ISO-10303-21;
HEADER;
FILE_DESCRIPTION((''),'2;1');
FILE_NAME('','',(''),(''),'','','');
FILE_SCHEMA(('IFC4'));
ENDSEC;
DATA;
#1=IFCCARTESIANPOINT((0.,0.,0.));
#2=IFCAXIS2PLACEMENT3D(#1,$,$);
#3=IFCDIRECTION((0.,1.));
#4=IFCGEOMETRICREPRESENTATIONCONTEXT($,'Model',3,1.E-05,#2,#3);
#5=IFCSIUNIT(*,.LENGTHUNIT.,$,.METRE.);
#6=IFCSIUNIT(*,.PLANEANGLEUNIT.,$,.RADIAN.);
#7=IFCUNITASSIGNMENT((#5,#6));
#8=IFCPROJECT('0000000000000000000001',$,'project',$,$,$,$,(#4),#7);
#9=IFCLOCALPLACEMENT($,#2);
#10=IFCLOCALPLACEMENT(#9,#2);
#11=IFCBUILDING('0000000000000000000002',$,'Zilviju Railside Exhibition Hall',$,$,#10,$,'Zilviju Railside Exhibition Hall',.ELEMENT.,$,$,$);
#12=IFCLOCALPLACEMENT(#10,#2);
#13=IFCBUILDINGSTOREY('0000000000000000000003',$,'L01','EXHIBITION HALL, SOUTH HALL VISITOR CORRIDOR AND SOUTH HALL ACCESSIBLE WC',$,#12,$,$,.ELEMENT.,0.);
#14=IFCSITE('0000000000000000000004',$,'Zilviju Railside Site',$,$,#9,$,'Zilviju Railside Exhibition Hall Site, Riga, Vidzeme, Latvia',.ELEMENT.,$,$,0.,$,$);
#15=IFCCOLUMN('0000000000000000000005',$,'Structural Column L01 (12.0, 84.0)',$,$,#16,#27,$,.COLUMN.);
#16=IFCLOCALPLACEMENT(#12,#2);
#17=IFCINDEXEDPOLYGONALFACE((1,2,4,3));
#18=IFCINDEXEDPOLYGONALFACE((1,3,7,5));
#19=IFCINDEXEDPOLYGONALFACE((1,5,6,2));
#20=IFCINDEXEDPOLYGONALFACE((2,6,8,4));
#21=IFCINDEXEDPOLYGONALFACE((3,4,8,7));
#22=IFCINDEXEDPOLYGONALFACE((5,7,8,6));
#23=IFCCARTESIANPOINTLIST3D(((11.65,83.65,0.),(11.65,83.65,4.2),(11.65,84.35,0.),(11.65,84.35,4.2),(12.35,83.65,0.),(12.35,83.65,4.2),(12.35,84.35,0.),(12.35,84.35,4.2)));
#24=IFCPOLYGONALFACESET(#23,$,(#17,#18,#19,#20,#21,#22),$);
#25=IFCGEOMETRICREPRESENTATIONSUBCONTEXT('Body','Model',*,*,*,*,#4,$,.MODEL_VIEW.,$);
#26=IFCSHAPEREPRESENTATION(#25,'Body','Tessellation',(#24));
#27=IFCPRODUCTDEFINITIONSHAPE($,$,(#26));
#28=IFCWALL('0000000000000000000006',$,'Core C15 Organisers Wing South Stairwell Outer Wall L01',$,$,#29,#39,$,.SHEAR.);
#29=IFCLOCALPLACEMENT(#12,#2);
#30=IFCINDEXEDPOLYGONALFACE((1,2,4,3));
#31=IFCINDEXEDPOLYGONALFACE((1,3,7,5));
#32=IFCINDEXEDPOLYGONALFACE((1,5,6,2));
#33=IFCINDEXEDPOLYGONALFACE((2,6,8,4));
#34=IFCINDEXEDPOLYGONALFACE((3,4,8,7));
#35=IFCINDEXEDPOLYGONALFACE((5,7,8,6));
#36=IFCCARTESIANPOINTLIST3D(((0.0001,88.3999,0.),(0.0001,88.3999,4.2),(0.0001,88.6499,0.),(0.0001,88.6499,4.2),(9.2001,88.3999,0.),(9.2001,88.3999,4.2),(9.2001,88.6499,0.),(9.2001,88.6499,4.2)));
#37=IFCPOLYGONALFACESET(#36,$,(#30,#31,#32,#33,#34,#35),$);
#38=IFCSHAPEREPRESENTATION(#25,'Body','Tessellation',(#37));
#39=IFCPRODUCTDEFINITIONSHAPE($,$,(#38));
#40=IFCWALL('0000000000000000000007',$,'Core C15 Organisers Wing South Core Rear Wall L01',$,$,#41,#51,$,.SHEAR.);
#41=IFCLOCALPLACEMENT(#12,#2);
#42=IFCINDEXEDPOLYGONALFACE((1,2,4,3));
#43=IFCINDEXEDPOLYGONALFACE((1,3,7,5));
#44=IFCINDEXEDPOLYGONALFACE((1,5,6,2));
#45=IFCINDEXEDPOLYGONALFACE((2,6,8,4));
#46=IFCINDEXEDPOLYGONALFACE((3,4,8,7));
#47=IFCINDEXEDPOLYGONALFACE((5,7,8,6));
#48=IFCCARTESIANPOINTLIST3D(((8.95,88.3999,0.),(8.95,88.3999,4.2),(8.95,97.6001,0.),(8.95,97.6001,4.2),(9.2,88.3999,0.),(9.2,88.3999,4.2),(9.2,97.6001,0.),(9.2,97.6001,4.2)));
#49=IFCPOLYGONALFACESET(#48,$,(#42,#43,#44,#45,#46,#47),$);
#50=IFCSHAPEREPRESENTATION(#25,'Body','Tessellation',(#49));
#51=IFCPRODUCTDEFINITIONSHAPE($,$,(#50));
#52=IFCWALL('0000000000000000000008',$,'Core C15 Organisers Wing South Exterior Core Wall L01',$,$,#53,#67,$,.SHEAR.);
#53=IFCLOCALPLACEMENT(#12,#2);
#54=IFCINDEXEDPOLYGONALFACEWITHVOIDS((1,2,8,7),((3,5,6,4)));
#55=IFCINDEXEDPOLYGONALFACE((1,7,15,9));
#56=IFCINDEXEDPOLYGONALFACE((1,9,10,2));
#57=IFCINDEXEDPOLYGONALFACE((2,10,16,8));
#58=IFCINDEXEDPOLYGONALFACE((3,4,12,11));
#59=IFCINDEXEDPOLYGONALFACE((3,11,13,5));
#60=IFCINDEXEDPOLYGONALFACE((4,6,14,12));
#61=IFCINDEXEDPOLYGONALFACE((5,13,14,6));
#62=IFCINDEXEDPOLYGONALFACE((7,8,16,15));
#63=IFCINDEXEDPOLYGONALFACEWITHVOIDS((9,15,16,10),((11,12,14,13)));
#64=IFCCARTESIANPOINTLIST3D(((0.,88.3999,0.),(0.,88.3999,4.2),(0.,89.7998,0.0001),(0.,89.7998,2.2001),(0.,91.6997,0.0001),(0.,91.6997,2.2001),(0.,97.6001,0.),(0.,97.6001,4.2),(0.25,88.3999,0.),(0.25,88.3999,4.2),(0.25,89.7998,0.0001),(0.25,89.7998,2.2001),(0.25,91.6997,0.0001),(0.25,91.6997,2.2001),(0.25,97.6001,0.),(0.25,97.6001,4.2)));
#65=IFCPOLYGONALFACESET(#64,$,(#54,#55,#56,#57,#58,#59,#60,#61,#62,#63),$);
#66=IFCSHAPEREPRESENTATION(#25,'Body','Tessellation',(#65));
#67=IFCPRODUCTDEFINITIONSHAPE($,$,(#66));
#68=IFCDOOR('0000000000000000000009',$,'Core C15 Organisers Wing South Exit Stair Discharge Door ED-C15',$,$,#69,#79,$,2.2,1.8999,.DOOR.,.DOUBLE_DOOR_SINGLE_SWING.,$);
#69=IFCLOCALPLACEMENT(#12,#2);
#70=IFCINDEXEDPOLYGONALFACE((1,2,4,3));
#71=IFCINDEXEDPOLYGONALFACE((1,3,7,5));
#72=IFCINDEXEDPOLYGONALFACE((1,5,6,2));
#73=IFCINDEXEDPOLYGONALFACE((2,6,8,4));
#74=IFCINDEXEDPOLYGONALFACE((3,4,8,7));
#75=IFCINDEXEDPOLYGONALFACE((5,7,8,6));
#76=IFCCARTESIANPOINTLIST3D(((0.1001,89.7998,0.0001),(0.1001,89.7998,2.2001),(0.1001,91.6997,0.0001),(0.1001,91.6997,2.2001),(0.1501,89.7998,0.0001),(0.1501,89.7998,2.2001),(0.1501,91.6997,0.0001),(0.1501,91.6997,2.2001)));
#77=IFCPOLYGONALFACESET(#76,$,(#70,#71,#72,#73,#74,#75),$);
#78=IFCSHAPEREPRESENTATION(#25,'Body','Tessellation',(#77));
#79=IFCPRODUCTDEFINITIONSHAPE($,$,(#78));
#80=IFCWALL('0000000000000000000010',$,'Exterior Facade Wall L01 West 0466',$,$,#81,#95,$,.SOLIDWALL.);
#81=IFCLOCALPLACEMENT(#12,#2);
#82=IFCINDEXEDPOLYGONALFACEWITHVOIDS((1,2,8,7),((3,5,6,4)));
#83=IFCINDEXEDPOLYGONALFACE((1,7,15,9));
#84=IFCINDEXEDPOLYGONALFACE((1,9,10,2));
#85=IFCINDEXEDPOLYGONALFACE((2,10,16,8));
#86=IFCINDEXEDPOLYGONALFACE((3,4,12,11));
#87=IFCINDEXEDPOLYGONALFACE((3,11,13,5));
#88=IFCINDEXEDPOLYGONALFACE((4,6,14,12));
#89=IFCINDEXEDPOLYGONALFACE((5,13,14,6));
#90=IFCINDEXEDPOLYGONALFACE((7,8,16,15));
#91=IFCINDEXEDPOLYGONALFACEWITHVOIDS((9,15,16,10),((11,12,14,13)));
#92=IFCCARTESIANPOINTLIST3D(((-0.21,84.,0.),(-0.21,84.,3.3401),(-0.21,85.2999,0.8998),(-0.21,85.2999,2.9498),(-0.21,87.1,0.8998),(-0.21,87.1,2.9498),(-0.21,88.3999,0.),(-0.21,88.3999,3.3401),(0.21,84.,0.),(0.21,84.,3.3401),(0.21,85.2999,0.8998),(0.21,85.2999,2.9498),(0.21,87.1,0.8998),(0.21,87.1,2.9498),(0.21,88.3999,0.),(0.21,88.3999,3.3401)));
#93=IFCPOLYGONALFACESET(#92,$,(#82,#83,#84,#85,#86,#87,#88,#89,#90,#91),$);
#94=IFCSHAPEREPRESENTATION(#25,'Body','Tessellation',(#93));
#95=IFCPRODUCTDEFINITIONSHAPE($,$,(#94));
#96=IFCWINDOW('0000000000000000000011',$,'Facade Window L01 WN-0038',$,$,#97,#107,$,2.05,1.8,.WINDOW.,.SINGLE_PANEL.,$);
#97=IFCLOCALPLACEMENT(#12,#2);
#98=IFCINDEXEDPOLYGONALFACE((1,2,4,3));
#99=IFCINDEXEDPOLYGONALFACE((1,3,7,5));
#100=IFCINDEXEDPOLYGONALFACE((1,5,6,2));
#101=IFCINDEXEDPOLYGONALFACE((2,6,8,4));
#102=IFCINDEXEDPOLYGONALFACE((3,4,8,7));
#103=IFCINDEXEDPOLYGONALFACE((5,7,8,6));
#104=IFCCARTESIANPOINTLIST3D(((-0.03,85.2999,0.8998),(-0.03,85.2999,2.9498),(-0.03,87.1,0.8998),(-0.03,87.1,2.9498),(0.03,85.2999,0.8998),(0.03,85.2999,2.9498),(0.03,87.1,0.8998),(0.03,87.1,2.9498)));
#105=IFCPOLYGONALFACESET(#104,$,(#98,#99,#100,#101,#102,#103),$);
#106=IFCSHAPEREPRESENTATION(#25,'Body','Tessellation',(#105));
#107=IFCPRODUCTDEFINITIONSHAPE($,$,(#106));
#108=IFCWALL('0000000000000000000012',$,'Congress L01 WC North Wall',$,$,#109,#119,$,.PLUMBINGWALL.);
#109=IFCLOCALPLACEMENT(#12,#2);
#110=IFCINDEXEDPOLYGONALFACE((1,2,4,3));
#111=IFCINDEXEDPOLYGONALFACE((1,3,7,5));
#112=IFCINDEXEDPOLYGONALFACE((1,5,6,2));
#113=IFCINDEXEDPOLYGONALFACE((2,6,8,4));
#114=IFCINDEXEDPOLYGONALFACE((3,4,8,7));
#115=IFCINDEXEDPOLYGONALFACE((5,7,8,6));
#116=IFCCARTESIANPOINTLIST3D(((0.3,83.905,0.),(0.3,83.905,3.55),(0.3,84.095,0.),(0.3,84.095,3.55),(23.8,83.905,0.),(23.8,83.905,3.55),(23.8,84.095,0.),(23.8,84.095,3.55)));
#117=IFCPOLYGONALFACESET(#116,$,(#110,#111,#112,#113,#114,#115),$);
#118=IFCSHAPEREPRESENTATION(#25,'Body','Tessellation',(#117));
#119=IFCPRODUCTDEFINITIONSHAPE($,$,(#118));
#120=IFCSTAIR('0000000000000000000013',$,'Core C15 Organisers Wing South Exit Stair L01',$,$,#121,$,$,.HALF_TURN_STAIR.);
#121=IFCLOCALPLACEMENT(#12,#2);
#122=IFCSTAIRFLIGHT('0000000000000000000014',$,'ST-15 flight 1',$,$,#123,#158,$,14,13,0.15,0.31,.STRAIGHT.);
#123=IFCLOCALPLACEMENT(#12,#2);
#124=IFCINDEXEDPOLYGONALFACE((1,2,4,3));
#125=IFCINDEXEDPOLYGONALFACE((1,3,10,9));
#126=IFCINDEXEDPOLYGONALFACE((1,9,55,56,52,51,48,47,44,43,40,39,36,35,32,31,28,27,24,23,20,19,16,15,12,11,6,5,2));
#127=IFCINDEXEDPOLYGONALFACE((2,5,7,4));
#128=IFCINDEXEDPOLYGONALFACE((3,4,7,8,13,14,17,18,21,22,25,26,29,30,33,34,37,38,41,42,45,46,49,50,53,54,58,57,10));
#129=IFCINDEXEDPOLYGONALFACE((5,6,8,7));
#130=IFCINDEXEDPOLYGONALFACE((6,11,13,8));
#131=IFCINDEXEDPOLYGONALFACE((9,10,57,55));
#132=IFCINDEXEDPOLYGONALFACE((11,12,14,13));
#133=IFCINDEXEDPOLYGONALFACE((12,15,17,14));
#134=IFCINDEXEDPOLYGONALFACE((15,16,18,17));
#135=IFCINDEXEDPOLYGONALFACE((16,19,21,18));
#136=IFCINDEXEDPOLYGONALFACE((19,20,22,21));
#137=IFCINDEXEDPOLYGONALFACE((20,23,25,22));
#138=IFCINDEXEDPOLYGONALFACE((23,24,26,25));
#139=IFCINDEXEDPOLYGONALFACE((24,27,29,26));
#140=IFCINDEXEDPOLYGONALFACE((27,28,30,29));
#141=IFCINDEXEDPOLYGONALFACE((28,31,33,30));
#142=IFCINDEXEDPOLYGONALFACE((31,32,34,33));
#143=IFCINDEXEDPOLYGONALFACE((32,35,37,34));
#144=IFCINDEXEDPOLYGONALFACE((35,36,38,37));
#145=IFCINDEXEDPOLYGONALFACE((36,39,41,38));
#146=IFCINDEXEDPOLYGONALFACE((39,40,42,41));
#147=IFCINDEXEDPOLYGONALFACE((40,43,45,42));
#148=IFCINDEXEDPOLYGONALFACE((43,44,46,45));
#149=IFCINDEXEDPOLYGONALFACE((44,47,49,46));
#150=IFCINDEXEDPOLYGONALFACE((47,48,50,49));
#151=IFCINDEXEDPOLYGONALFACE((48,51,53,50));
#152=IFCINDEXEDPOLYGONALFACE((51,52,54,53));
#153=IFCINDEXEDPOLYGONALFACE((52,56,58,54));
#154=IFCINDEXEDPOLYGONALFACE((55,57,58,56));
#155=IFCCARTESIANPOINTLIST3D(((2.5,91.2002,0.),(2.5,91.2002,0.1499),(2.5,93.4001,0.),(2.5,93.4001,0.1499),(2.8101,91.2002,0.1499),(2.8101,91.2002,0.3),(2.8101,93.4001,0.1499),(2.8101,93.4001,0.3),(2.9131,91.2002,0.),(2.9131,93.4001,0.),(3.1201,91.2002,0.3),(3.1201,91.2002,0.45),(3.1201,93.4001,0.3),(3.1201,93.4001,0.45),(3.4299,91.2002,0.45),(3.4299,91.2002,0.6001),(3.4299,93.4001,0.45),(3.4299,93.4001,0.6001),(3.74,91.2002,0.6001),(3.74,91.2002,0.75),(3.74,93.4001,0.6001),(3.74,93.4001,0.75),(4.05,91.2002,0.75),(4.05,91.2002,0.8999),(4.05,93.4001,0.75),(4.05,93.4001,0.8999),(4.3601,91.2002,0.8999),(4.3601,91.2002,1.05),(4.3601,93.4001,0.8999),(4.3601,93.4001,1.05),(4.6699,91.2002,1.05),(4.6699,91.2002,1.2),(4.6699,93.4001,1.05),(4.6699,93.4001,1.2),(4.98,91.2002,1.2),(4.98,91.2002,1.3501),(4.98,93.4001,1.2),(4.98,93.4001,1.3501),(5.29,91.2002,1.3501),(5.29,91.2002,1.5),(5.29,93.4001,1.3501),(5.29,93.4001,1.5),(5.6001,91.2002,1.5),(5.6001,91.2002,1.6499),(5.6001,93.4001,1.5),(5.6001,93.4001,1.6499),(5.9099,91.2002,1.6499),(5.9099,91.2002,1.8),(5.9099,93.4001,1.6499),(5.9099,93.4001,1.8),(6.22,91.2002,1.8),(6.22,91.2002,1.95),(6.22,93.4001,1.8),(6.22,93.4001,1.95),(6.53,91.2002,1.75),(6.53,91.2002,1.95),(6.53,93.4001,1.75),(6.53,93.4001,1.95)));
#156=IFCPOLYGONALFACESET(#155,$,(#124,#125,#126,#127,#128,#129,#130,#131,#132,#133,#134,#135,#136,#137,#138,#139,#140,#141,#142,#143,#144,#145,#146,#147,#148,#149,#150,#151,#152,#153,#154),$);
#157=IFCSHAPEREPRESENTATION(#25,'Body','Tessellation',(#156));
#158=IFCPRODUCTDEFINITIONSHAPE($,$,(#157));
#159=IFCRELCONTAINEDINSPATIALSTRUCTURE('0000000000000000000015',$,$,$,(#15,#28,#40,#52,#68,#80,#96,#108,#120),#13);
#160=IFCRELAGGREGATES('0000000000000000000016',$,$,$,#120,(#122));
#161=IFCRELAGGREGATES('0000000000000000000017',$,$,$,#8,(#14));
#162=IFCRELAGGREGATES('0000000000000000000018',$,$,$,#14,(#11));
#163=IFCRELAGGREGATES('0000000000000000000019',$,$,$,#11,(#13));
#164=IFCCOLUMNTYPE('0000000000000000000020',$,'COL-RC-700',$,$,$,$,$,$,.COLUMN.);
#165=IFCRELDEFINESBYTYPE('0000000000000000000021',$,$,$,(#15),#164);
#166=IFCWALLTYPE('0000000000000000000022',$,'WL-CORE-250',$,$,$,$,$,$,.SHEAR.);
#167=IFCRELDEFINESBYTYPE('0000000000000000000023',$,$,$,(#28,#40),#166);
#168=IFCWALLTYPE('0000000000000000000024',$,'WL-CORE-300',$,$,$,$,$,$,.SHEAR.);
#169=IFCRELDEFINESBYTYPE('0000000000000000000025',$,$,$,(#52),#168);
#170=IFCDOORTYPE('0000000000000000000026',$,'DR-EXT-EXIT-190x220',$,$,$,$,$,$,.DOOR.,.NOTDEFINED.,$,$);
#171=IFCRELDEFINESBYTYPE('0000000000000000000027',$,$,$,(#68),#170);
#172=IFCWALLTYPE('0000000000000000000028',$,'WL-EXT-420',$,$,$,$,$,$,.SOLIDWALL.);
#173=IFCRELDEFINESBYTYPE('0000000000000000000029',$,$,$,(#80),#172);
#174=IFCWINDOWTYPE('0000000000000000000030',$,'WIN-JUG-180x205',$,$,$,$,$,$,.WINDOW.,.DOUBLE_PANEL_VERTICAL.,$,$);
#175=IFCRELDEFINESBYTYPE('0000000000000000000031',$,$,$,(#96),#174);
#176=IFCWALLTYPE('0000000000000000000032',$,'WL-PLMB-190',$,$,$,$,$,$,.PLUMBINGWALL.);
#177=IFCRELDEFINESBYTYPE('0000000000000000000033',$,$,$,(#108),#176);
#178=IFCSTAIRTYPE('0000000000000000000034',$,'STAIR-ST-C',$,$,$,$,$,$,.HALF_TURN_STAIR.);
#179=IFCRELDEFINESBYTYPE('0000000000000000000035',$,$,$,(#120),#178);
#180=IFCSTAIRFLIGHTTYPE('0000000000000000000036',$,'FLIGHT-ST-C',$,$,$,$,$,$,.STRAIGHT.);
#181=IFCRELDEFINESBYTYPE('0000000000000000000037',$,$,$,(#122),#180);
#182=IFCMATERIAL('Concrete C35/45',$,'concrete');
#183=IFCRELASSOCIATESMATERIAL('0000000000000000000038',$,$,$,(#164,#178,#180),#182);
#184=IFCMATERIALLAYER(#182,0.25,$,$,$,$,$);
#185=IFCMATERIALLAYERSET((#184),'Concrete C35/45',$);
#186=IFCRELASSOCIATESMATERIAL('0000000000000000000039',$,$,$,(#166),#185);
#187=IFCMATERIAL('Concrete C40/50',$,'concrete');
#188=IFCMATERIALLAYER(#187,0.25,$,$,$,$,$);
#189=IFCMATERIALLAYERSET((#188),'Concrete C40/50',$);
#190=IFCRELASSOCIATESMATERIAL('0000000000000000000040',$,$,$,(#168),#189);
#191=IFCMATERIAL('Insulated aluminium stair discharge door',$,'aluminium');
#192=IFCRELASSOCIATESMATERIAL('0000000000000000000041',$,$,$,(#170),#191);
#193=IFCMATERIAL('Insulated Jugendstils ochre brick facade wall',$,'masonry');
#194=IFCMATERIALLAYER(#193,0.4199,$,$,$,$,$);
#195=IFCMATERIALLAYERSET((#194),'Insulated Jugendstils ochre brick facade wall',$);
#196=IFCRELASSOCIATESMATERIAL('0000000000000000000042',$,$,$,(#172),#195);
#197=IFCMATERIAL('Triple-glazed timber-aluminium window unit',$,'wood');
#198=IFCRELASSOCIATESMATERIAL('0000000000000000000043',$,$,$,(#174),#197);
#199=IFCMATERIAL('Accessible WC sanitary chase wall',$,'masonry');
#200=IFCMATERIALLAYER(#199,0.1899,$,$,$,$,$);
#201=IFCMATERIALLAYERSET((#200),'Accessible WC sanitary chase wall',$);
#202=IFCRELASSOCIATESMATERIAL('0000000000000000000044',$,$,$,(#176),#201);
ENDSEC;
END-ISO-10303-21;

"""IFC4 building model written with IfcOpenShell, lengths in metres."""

from ifc_helpers import new_model, si_unit, direction, frame, frame_2d, origin, origin_2d, place, context, subcontext, project, spatial, polyline, rectangle, outline, extrude, material, layer, layer_set, material_profile, profile_set, type_object, element, fill, aggregate, save


model = new_model("IFC4")

# Units and contexts
model_context = context("Model", 3, precision=1e-05, world=origin(), true_north=direction((0.0, 1.0)))
body_context = subcontext(model_context, "Body", "Model", "MODEL_VIEW")
ifc_project = project(units=[si_unit("LENGTHUNIT", "METRE"), si_unit("PLANEANGLEUNIT", "RADIAN")], contexts=[model_context])

# Site, building, storey
site_placement = place(None, origin())
site = spatial("IfcSite", under=ifc_project, at=site_placement, Name="Zilviju Railside Site", LongName="Zilviju Railside Exhibition Hall Site, Riga, Vidzeme, Latvia", CompositionType="ELEMENT", RefElevation=0.0)
building_placement = place(site_placement, origin())
building = spatial("IfcBuilding", under=site, at=building_placement, Name="Zilviju Railside Exhibition Hall", LongName="Zilviju Railside Exhibition Hall", CompositionType="ELEMENT")
storey_placement = place(building_placement, origin())
storey = spatial("IfcBuildingStorey", under=building, at=storey_placement, Name="L01", Description="EXHIBITION HALL, SOUTH HALL VISITOR CORRIDOR AND SOUTH HALL ACCESSIBLE WC", CompositionType="ELEMENT", Elevation=0.0)

# Shared definitions
ifc_material_1 = material(Name="Concrete C35/45", Category="concrete")

# Column
ifc_material_profile_1 = material_profile(ifc_material_1, rectangle(XDim=0.7, YDim=0.7, at=origin_2d()), Name="RC COL 700x700")
ifc_profile_set_1 = profile_set([ifc_material_profile_1], Name="Concrete C35/45")
column_type = type_object("IfcColumnType", Name="COL-RC-700", PredefinedType="COLUMN", material=ifc_profile_set_1)
for number, where, z_axis, x_axis, name in (
    (1, (12.0, 84.0, 0.0), (0.0, 0.0, 1.0), (1.0, 0.0, 0.0), "Structural Column L01 (12.0, 84.0)"),
):
    element("IfcColumn", number, at=place(storey_placement, frame(where, z_axis=z_axis, x_axis=x_axis)), inside=storey, type_object=column_type, Name=name, PredefinedType="COLUMN", context=body_context, shape_type="SweptSolid", body=[
        extrude(rectangle(XDim=0.7, YDim=0.7, at=origin_2d()), origin(), (0.0, 0.0, 1.0), 4.2),
    ])

# Walls
ifc_layer_1 = layer(ifc_material_1, 0.25)
ifc_layer_set_1 = layer_set([ifc_layer_1], Name="Concrete C35/45")
wall_type_1 = type_object("IfcWallType", Name="WL-CORE-250", PredefinedType="SHEAR", material=ifc_layer_set_1)
wall_1_placement = place(storey_placement, frame((0.0, 88.5249, 0.0), z_axis=(0.0, 0.0, 1.0), x_axis=(1.0, 0.0, 0.0)))
element("IfcWall", 2, at=wall_1_placement, inside=storey, type_object=wall_type_1, Name="Core C15 Organisers Wing South Stairwell Outer Wall L01", PredefinedType="SHEAR", context=body_context, shape_type="SweptSolid", body=[
    extrude(rectangle(XDim=9.2, YDim=0.25, at=frame_2d((4.6001, 0.0))), origin(), (0.0, 0.0, 1.0), 4.2),
])
wall_2_placement = place(storey_placement, frame((9.075, 88.3999, 0.0), z_axis=(0.0, 0.0, 1.0), x_axis=(0.0, 1.0, 0.0)))
element("IfcWall", 3, at=wall_2_placement, inside=storey, type_object=wall_type_1, Name="Core C15 Organisers Wing South Core Rear Wall L01", PredefinedType="SHEAR", context=body_context, shape_type="SweptSolid", body=[
    extrude(rectangle(XDim=9.2002, YDim=0.25, at=frame_2d((4.6001, 0.0))), origin(), (0.0, 0.0, 1.0), 4.2),
])

# Wall, opening, door
ifc_material_2 = material(Name="Concrete C40/50", Category="concrete")
ifc_layer_2 = layer(ifc_material_2, 0.25)
ifc_layer_set_2 = layer_set([ifc_layer_2], Name="Concrete C40/50")
wall_type_2 = type_object("IfcWallType", Name="WL-CORE-300", PredefinedType="SHEAR", material=ifc_layer_set_2)
wall_3_placement = place(storey_placement, frame((0.125, 88.3999, 0.0), z_axis=(0.0, 0.0, 1.0), x_axis=(0.0, 1.0, 0.0)))
wall_3 = element("IfcWall", 4, at=wall_3_placement, inside=storey, type_object=wall_type_2, Name="Core C15 Organisers Wing South Exterior Core Wall L01", PredefinedType="SHEAR", context=body_context, shape_type="SweptSolid", body=[
    extrude(rectangle(XDim=9.2002, YDim=0.25, at=frame_2d((4.6001, 0.0))), origin(), (0.0, 0.0, 1.0), 4.2),
])
opening_1_placement = place(wall_3_placement, frame((1.3999, 0.0, 0.0)))
opening_1 = element("IfcOpeningElement", 5, at=opening_1_placement, cuts=wall_3, PredefinedType="OPENING", context=body_context, shape_type="SweptSolid", body=[
    extrude(rectangle(XDim=1.8999, YDim=2.2, at=frame_2d((0.95, 1.1001))), frame((0.0, 0.135, 0.0), z_axis=(0.0, -1.0, 0.0), x_axis=(1.0, 0.0, 0.0)), (0.0, 0.0, 1.0), 0.27),
])
ifc_material_3 = material(Name="Insulated aluminium stair discharge door", Category="aluminium")
door_type = type_object("IfcDoorType", Name="DR-EXT-EXIT-190x220", OperationType="NOTDEFINED", PredefinedType="DOOR", material=ifc_material_3)
door_placement = place(opening_1_placement, origin())
door = element("IfcDoor", 6, at=door_placement, inside=storey, type_object=door_type, Name="Core C15 Organisers Wing South Exit Stair Discharge Door ED-C15", OperationType="DOUBLE_DOOR_SINGLE_SWING", OverallHeight=2.2, OverallWidth=1.8999, PredefinedType="DOOR", context=body_context, shape_type="SweptSolid", body=[
    extrude(rectangle(XDim=1.8999, YDim=2.2, at=frame_2d((0.95, 1.1001))), frame((0.0, 0.0249, 0.0), z_axis=(0.0, -1.0, 0.0), x_axis=(1.0, 0.0, 0.0)), (0.0, 0.0, 1.0), 0.05),
])
fill(opening_1, door)

# Wall, opening, window
ifc_material_4 = material(Name="Insulated Jugendstils ochre brick facade wall", Category="masonry")
ifc_layer_3 = layer(ifc_material_4, 0.4199)
ifc_layer_set_3 = layer_set([ifc_layer_3], Name="Insulated Jugendstils ochre brick facade wall")
wall_type_3 = type_object("IfcWallType", Name="WL-EXT-420", PredefinedType="SOLIDWALL", material=ifc_layer_set_3)
wall_4_placement = place(storey_placement, frame((0.0, 84.0, 0.0), z_axis=(0.0, 0.0, 1.0), x_axis=(0.0, 1.0, 0.0)))
wall_4 = element("IfcWall", 7, at=wall_4_placement, inside=storey, type_object=wall_type_3, Name="Exterior Facade Wall L01 West 0466", PredefinedType="SOLIDWALL", context=body_context, shape_type="SweptSolid", body=[
    extrude(rectangle(XDim=4.3999, YDim=0.4199, at=frame_2d((2.2, 0.0))), origin(), (0.0, 0.0, 1.0), 3.3401),
])
opening_2_placement = place(wall_4_placement, frame((1.3, 0.0, 0.8999)))
opening_2 = element("IfcOpeningElement", 8, at=opening_2_placement, cuts=wall_4, PredefinedType="OPENING", context=body_context, shape_type="SweptSolid", body=[
    extrude(rectangle(XDim=1.8, YDim=2.05, at=frame_2d((0.8999, 1.0249))), frame((0.0, 0.22, 0.0), z_axis=(0.0, -1.0, 0.0), x_axis=(1.0, 0.0, 0.0)), (0.0, 0.0, 1.0), 0.4399),
])
ifc_material_5 = material(Name="Triple-glazed timber-aluminium window unit", Category="wood")
window_type = type_object("IfcWindowType", Name="WIN-JUG-180x205", PartitioningType="DOUBLE_PANEL_VERTICAL", PredefinedType="WINDOW", material=ifc_material_5)
window_placement = place(opening_2_placement, origin())
window = element("IfcWindow", 9, at=window_placement, inside=storey, type_object=window_type, Name="Facade Window L01 WN-0038", OverallHeight=2.05, OverallWidth=1.8, PartitioningType="SINGLE_PANEL", PredefinedType="WINDOW", context=body_context, shape_type="SweptSolid", body=[
    extrude(rectangle(XDim=1.8, YDim=2.05, at=frame_2d((0.8999, 1.0249))), frame((0.0, 0.03, 0.0), z_axis=(0.0, -1.0, 0.0), x_axis=(1.0, 0.0, 0.0)), (0.0, 0.0, 1.0), 0.0601),
])
fill(opening_2, window)

# Wall
ifc_material_6 = material(Name="Accessible WC sanitary chase wall", Category="masonry")
ifc_layer_4 = layer(ifc_material_6, 0.1899)
ifc_layer_set_4 = layer_set([ifc_layer_4], Name="Accessible WC sanitary chase wall")
wall_type_4 = type_object("IfcWallType", Name="WL-PLMB-190", PredefinedType="PLUMBINGWALL", material=ifc_layer_set_4)
wall_5_placement = place(storey_placement, frame((0.3, 84.0, 0.0), z_axis=(0.0, 0.0, 1.0), x_axis=(1.0, 0.0, 0.0)))
element("IfcWall", 10, at=wall_5_placement, inside=storey, type_object=wall_type_4, Name="Congress L01 WC North Wall", PredefinedType="PLUMBINGWALL", context=body_context, shape_type="SweptSolid", body=[
    extrude(rectangle(XDim=23.5, YDim=0.1899, at=frame_2d((11.75, 0.0))), origin(), (0.0, 0.0, 1.0), 3.55),
])

# Stair, stair flight
stair_type = type_object("IfcStairType", Name="STAIR-ST-C", PredefinedType="HALF_TURN_STAIR", material=ifc_material_1)
stair_placement = place(storey_placement, origin())
stair = element("IfcStair", 11, at=stair_placement, inside=storey, type_object=stair_type, Name="Core C15 Organisers Wing South Exit Stair L01", PredefinedType="HALF_TURN_STAIR")
stair_flight_type = type_object("IfcStairFlightType", Name="FLIGHT-ST-C", PredefinedType="STRAIGHT", material=ifc_material_1)
stair_flight_1_placement = place(storey_placement, frame((2.5, 92.3, 0.0), z_axis=(0.0, 0.0, 1.0), x_axis=(1.0, 0.0, 0.0)))
stair_flight_1 = element("IfcStairFlight", 12, at=stair_flight_1_placement, type_object=stair_flight_type, Name="ST-15 flight 1", NumberOfRisers=14, NumberOfTreads=13, PredefinedType="STRAIGHT", RiserHeight=0.15, TreadLength=0.31, context=body_context, shape_type="SweptSolid", body=[
    extrude(outline(polyline([(0.0, 0.0), (0.0, 0.1499), (0.3101, 0.1499), (0.3101, 0.3), (0.6201, 0.3), (0.6201, 0.45), (0.9299, 0.45), (0.9299, 0.6001), (1.24, 0.6001), (1.24, 0.75), (1.55, 0.75), (1.55, 0.8999), (1.8601, 0.8999), (1.8601, 1.05), (2.1699, 1.05), (2.1699, 1.2), (2.48, 1.2), (2.48, 1.3501), (2.79, 1.3501), (2.79, 1.5), (3.1001, 1.5), (3.1001, 1.6499), (3.4099, 1.6499), (3.4099, 1.8), (3.72, 1.8), (3.72, 1.95), (4.03, 1.95), (4.03, 2.1001), (4.03, 1.75), (0.4131, 0.0), (0.0, 0.0)])), frame((0.0, 1.1001, 0.0), z_axis=(0.0, -1.0, 0.0), x_axis=(1.0, 0.0, 0.0)), (0.0, 0.0, 1.0), 2.2),
])
aggregate(stair, [stair_flight_1])

save(model, "model.ifc")
